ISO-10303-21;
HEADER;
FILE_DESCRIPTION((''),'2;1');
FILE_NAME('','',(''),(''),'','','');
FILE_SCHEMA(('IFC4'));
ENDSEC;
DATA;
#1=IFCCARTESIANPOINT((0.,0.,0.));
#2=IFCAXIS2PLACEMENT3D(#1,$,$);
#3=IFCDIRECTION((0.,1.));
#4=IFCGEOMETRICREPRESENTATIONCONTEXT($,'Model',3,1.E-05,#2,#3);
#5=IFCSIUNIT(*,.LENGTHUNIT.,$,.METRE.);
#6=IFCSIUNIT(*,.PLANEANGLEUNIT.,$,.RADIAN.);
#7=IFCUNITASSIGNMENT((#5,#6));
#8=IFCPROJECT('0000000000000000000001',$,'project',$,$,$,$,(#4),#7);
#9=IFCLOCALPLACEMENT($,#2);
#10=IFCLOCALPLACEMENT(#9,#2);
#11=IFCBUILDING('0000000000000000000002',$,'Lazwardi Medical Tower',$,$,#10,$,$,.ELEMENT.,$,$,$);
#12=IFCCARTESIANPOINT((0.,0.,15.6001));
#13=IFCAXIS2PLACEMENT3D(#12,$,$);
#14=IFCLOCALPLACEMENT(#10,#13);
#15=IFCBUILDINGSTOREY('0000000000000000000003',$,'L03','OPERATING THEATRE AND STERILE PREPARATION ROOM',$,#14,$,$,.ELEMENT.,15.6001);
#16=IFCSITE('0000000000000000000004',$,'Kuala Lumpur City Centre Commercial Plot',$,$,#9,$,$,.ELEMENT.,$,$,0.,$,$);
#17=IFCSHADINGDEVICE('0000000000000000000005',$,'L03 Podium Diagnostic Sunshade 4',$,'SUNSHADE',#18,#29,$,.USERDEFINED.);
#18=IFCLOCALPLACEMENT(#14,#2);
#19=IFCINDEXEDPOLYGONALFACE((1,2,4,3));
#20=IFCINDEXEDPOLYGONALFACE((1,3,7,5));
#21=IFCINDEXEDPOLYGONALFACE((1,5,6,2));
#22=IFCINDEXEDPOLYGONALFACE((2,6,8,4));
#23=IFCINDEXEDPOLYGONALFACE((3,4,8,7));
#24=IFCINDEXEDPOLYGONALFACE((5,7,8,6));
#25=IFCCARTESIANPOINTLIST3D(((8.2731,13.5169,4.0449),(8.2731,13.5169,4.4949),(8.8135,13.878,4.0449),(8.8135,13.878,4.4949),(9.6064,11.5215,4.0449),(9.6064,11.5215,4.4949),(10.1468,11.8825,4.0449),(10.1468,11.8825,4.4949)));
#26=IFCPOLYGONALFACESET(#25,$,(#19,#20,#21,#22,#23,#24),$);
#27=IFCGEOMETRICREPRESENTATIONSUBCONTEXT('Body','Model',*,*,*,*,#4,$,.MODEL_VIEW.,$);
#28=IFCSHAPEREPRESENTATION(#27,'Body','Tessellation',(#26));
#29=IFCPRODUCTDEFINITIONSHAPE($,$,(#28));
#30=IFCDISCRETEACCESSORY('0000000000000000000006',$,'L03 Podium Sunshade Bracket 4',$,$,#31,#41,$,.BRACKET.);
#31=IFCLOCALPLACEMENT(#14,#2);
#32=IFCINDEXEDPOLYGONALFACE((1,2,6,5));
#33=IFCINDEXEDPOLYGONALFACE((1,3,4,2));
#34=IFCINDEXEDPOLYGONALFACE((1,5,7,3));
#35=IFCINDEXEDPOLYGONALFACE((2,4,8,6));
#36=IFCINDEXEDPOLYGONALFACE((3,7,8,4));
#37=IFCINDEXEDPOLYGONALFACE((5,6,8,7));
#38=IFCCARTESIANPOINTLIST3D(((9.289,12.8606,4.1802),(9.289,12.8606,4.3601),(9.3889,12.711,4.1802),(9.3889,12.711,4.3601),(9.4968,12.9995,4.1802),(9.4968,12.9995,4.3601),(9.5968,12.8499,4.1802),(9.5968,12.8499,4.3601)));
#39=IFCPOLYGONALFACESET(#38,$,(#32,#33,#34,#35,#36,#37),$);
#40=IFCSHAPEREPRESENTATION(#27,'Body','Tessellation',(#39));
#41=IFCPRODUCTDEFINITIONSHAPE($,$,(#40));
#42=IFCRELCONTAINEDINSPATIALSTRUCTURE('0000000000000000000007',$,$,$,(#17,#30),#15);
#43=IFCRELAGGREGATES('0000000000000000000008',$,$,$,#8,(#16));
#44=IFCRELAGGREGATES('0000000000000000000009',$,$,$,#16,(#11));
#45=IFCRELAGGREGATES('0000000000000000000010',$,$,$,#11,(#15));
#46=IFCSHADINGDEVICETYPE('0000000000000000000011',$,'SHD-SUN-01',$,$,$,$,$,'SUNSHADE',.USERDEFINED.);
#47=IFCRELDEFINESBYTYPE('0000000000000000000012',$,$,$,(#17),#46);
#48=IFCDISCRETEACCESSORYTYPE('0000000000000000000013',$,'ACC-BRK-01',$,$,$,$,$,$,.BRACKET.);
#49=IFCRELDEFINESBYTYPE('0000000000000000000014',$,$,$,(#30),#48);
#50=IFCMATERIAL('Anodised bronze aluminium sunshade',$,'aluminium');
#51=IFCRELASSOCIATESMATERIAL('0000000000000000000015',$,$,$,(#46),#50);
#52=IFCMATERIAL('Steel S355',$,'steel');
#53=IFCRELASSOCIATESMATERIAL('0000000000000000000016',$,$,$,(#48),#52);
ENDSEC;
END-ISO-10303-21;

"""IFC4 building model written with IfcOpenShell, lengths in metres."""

from ifc_helpers import new_model, si_unit, direction, frame, origin, origin_2d, place, context, subcontext, project, spatial, rectangle, extrude, material, type_object, element, save


model = new_model("IFC4")

# Units and contexts
model_context = context("Model", 3, precision=1e-05, world=origin(), true_north=direction((0.0, 1.0)))
body_context = subcontext(model_context, "Body", "Model", "MODEL_VIEW")
ifc_project = project(units=[si_unit("LENGTHUNIT", "METRE"), si_unit("PLANEANGLEUNIT", "RADIAN")], contexts=[model_context])

# Site, building, storey
site_placement = place(None, origin())
site = spatial("IfcSite", under=ifc_project, at=site_placement, Name="Kuala Lumpur City Centre Commercial Plot", CompositionType="ELEMENT", RefElevation=0.0)
building_placement = place(site_placement, origin())
building = spatial("IfcBuilding", under=site, at=building_placement, Name="Lazwardi Medical Tower", CompositionType="ELEMENT")
storey_placement = place(building_placement, frame((0.0, 0.0, 15.6001)))
storey = spatial("IfcBuildingStorey", under=building, at=storey_placement, Name="L03", Description="OPERATING THEATRE AND STERILE PREPARATION ROOM", CompositionType="ELEMENT", Elevation=15.6001)

# Shared definitions
ifc_material_1 = material(Name="Steel S355", Category="steel")

# Shading device
ifc_material_2 = material(Name="Anodised bronze aluminium sunshade", Category="aluminium")
shading_device_type = type_object("IfcShadingDeviceType", Name="SHD-SUN-01", ElementType="SUNSHADE", PredefinedType="USERDEFINED", material=ifc_material_2)
shading_device_placement = place(storey_placement, frame((9.21, 12.6997, 4.0449), z_axis=(0.0, 0.0, 1.0), x_axis=(0.55557, -0.83147, 0.0)))
element("IfcShadingDevice", 1, at=shading_device_placement, inside=storey, type_object=shading_device_type, Name="L03 Podium Diagnostic Sunshade 4", ObjectType="SUNSHADE", PredefinedType="USERDEFINED", context=body_context, shape_type="SweptSolid", body=[
    extrude(rectangle(XDim=2.3999, YDim=0.6499, at=origin_2d()), origin(), (0.0, 0.0, 1.0), 0.45),
])

# Discrete accessory
discrete_accessory_type = type_object("IfcDiscreteAccessoryType", Name="ACC-BRK-01", PredefinedType="BRACKET", material=ifc_material_1)
discrete_accessory_placement = place(storey_placement, frame((9.4429, 12.8552, 4.1802), z_axis=(0.0, 0.0, 1.0), x_axis=(0.55557, -0.83147, 0.0)))
element("IfcDiscreteAccessory", 2, at=discrete_accessory_placement, inside=storey, type_object=discrete_accessory_type, Name="L03 Podium Sunshade Bracket 4", PredefinedType="BRACKET", context=body_context, shape_type="SweptSolid", body=[
    extrude(rectangle(XDim=0.1799, YDim=0.25, at=origin_2d()), origin(), (0.0, 0.0, 1.0), 0.1799),
])

save(model, "model.ifc")
